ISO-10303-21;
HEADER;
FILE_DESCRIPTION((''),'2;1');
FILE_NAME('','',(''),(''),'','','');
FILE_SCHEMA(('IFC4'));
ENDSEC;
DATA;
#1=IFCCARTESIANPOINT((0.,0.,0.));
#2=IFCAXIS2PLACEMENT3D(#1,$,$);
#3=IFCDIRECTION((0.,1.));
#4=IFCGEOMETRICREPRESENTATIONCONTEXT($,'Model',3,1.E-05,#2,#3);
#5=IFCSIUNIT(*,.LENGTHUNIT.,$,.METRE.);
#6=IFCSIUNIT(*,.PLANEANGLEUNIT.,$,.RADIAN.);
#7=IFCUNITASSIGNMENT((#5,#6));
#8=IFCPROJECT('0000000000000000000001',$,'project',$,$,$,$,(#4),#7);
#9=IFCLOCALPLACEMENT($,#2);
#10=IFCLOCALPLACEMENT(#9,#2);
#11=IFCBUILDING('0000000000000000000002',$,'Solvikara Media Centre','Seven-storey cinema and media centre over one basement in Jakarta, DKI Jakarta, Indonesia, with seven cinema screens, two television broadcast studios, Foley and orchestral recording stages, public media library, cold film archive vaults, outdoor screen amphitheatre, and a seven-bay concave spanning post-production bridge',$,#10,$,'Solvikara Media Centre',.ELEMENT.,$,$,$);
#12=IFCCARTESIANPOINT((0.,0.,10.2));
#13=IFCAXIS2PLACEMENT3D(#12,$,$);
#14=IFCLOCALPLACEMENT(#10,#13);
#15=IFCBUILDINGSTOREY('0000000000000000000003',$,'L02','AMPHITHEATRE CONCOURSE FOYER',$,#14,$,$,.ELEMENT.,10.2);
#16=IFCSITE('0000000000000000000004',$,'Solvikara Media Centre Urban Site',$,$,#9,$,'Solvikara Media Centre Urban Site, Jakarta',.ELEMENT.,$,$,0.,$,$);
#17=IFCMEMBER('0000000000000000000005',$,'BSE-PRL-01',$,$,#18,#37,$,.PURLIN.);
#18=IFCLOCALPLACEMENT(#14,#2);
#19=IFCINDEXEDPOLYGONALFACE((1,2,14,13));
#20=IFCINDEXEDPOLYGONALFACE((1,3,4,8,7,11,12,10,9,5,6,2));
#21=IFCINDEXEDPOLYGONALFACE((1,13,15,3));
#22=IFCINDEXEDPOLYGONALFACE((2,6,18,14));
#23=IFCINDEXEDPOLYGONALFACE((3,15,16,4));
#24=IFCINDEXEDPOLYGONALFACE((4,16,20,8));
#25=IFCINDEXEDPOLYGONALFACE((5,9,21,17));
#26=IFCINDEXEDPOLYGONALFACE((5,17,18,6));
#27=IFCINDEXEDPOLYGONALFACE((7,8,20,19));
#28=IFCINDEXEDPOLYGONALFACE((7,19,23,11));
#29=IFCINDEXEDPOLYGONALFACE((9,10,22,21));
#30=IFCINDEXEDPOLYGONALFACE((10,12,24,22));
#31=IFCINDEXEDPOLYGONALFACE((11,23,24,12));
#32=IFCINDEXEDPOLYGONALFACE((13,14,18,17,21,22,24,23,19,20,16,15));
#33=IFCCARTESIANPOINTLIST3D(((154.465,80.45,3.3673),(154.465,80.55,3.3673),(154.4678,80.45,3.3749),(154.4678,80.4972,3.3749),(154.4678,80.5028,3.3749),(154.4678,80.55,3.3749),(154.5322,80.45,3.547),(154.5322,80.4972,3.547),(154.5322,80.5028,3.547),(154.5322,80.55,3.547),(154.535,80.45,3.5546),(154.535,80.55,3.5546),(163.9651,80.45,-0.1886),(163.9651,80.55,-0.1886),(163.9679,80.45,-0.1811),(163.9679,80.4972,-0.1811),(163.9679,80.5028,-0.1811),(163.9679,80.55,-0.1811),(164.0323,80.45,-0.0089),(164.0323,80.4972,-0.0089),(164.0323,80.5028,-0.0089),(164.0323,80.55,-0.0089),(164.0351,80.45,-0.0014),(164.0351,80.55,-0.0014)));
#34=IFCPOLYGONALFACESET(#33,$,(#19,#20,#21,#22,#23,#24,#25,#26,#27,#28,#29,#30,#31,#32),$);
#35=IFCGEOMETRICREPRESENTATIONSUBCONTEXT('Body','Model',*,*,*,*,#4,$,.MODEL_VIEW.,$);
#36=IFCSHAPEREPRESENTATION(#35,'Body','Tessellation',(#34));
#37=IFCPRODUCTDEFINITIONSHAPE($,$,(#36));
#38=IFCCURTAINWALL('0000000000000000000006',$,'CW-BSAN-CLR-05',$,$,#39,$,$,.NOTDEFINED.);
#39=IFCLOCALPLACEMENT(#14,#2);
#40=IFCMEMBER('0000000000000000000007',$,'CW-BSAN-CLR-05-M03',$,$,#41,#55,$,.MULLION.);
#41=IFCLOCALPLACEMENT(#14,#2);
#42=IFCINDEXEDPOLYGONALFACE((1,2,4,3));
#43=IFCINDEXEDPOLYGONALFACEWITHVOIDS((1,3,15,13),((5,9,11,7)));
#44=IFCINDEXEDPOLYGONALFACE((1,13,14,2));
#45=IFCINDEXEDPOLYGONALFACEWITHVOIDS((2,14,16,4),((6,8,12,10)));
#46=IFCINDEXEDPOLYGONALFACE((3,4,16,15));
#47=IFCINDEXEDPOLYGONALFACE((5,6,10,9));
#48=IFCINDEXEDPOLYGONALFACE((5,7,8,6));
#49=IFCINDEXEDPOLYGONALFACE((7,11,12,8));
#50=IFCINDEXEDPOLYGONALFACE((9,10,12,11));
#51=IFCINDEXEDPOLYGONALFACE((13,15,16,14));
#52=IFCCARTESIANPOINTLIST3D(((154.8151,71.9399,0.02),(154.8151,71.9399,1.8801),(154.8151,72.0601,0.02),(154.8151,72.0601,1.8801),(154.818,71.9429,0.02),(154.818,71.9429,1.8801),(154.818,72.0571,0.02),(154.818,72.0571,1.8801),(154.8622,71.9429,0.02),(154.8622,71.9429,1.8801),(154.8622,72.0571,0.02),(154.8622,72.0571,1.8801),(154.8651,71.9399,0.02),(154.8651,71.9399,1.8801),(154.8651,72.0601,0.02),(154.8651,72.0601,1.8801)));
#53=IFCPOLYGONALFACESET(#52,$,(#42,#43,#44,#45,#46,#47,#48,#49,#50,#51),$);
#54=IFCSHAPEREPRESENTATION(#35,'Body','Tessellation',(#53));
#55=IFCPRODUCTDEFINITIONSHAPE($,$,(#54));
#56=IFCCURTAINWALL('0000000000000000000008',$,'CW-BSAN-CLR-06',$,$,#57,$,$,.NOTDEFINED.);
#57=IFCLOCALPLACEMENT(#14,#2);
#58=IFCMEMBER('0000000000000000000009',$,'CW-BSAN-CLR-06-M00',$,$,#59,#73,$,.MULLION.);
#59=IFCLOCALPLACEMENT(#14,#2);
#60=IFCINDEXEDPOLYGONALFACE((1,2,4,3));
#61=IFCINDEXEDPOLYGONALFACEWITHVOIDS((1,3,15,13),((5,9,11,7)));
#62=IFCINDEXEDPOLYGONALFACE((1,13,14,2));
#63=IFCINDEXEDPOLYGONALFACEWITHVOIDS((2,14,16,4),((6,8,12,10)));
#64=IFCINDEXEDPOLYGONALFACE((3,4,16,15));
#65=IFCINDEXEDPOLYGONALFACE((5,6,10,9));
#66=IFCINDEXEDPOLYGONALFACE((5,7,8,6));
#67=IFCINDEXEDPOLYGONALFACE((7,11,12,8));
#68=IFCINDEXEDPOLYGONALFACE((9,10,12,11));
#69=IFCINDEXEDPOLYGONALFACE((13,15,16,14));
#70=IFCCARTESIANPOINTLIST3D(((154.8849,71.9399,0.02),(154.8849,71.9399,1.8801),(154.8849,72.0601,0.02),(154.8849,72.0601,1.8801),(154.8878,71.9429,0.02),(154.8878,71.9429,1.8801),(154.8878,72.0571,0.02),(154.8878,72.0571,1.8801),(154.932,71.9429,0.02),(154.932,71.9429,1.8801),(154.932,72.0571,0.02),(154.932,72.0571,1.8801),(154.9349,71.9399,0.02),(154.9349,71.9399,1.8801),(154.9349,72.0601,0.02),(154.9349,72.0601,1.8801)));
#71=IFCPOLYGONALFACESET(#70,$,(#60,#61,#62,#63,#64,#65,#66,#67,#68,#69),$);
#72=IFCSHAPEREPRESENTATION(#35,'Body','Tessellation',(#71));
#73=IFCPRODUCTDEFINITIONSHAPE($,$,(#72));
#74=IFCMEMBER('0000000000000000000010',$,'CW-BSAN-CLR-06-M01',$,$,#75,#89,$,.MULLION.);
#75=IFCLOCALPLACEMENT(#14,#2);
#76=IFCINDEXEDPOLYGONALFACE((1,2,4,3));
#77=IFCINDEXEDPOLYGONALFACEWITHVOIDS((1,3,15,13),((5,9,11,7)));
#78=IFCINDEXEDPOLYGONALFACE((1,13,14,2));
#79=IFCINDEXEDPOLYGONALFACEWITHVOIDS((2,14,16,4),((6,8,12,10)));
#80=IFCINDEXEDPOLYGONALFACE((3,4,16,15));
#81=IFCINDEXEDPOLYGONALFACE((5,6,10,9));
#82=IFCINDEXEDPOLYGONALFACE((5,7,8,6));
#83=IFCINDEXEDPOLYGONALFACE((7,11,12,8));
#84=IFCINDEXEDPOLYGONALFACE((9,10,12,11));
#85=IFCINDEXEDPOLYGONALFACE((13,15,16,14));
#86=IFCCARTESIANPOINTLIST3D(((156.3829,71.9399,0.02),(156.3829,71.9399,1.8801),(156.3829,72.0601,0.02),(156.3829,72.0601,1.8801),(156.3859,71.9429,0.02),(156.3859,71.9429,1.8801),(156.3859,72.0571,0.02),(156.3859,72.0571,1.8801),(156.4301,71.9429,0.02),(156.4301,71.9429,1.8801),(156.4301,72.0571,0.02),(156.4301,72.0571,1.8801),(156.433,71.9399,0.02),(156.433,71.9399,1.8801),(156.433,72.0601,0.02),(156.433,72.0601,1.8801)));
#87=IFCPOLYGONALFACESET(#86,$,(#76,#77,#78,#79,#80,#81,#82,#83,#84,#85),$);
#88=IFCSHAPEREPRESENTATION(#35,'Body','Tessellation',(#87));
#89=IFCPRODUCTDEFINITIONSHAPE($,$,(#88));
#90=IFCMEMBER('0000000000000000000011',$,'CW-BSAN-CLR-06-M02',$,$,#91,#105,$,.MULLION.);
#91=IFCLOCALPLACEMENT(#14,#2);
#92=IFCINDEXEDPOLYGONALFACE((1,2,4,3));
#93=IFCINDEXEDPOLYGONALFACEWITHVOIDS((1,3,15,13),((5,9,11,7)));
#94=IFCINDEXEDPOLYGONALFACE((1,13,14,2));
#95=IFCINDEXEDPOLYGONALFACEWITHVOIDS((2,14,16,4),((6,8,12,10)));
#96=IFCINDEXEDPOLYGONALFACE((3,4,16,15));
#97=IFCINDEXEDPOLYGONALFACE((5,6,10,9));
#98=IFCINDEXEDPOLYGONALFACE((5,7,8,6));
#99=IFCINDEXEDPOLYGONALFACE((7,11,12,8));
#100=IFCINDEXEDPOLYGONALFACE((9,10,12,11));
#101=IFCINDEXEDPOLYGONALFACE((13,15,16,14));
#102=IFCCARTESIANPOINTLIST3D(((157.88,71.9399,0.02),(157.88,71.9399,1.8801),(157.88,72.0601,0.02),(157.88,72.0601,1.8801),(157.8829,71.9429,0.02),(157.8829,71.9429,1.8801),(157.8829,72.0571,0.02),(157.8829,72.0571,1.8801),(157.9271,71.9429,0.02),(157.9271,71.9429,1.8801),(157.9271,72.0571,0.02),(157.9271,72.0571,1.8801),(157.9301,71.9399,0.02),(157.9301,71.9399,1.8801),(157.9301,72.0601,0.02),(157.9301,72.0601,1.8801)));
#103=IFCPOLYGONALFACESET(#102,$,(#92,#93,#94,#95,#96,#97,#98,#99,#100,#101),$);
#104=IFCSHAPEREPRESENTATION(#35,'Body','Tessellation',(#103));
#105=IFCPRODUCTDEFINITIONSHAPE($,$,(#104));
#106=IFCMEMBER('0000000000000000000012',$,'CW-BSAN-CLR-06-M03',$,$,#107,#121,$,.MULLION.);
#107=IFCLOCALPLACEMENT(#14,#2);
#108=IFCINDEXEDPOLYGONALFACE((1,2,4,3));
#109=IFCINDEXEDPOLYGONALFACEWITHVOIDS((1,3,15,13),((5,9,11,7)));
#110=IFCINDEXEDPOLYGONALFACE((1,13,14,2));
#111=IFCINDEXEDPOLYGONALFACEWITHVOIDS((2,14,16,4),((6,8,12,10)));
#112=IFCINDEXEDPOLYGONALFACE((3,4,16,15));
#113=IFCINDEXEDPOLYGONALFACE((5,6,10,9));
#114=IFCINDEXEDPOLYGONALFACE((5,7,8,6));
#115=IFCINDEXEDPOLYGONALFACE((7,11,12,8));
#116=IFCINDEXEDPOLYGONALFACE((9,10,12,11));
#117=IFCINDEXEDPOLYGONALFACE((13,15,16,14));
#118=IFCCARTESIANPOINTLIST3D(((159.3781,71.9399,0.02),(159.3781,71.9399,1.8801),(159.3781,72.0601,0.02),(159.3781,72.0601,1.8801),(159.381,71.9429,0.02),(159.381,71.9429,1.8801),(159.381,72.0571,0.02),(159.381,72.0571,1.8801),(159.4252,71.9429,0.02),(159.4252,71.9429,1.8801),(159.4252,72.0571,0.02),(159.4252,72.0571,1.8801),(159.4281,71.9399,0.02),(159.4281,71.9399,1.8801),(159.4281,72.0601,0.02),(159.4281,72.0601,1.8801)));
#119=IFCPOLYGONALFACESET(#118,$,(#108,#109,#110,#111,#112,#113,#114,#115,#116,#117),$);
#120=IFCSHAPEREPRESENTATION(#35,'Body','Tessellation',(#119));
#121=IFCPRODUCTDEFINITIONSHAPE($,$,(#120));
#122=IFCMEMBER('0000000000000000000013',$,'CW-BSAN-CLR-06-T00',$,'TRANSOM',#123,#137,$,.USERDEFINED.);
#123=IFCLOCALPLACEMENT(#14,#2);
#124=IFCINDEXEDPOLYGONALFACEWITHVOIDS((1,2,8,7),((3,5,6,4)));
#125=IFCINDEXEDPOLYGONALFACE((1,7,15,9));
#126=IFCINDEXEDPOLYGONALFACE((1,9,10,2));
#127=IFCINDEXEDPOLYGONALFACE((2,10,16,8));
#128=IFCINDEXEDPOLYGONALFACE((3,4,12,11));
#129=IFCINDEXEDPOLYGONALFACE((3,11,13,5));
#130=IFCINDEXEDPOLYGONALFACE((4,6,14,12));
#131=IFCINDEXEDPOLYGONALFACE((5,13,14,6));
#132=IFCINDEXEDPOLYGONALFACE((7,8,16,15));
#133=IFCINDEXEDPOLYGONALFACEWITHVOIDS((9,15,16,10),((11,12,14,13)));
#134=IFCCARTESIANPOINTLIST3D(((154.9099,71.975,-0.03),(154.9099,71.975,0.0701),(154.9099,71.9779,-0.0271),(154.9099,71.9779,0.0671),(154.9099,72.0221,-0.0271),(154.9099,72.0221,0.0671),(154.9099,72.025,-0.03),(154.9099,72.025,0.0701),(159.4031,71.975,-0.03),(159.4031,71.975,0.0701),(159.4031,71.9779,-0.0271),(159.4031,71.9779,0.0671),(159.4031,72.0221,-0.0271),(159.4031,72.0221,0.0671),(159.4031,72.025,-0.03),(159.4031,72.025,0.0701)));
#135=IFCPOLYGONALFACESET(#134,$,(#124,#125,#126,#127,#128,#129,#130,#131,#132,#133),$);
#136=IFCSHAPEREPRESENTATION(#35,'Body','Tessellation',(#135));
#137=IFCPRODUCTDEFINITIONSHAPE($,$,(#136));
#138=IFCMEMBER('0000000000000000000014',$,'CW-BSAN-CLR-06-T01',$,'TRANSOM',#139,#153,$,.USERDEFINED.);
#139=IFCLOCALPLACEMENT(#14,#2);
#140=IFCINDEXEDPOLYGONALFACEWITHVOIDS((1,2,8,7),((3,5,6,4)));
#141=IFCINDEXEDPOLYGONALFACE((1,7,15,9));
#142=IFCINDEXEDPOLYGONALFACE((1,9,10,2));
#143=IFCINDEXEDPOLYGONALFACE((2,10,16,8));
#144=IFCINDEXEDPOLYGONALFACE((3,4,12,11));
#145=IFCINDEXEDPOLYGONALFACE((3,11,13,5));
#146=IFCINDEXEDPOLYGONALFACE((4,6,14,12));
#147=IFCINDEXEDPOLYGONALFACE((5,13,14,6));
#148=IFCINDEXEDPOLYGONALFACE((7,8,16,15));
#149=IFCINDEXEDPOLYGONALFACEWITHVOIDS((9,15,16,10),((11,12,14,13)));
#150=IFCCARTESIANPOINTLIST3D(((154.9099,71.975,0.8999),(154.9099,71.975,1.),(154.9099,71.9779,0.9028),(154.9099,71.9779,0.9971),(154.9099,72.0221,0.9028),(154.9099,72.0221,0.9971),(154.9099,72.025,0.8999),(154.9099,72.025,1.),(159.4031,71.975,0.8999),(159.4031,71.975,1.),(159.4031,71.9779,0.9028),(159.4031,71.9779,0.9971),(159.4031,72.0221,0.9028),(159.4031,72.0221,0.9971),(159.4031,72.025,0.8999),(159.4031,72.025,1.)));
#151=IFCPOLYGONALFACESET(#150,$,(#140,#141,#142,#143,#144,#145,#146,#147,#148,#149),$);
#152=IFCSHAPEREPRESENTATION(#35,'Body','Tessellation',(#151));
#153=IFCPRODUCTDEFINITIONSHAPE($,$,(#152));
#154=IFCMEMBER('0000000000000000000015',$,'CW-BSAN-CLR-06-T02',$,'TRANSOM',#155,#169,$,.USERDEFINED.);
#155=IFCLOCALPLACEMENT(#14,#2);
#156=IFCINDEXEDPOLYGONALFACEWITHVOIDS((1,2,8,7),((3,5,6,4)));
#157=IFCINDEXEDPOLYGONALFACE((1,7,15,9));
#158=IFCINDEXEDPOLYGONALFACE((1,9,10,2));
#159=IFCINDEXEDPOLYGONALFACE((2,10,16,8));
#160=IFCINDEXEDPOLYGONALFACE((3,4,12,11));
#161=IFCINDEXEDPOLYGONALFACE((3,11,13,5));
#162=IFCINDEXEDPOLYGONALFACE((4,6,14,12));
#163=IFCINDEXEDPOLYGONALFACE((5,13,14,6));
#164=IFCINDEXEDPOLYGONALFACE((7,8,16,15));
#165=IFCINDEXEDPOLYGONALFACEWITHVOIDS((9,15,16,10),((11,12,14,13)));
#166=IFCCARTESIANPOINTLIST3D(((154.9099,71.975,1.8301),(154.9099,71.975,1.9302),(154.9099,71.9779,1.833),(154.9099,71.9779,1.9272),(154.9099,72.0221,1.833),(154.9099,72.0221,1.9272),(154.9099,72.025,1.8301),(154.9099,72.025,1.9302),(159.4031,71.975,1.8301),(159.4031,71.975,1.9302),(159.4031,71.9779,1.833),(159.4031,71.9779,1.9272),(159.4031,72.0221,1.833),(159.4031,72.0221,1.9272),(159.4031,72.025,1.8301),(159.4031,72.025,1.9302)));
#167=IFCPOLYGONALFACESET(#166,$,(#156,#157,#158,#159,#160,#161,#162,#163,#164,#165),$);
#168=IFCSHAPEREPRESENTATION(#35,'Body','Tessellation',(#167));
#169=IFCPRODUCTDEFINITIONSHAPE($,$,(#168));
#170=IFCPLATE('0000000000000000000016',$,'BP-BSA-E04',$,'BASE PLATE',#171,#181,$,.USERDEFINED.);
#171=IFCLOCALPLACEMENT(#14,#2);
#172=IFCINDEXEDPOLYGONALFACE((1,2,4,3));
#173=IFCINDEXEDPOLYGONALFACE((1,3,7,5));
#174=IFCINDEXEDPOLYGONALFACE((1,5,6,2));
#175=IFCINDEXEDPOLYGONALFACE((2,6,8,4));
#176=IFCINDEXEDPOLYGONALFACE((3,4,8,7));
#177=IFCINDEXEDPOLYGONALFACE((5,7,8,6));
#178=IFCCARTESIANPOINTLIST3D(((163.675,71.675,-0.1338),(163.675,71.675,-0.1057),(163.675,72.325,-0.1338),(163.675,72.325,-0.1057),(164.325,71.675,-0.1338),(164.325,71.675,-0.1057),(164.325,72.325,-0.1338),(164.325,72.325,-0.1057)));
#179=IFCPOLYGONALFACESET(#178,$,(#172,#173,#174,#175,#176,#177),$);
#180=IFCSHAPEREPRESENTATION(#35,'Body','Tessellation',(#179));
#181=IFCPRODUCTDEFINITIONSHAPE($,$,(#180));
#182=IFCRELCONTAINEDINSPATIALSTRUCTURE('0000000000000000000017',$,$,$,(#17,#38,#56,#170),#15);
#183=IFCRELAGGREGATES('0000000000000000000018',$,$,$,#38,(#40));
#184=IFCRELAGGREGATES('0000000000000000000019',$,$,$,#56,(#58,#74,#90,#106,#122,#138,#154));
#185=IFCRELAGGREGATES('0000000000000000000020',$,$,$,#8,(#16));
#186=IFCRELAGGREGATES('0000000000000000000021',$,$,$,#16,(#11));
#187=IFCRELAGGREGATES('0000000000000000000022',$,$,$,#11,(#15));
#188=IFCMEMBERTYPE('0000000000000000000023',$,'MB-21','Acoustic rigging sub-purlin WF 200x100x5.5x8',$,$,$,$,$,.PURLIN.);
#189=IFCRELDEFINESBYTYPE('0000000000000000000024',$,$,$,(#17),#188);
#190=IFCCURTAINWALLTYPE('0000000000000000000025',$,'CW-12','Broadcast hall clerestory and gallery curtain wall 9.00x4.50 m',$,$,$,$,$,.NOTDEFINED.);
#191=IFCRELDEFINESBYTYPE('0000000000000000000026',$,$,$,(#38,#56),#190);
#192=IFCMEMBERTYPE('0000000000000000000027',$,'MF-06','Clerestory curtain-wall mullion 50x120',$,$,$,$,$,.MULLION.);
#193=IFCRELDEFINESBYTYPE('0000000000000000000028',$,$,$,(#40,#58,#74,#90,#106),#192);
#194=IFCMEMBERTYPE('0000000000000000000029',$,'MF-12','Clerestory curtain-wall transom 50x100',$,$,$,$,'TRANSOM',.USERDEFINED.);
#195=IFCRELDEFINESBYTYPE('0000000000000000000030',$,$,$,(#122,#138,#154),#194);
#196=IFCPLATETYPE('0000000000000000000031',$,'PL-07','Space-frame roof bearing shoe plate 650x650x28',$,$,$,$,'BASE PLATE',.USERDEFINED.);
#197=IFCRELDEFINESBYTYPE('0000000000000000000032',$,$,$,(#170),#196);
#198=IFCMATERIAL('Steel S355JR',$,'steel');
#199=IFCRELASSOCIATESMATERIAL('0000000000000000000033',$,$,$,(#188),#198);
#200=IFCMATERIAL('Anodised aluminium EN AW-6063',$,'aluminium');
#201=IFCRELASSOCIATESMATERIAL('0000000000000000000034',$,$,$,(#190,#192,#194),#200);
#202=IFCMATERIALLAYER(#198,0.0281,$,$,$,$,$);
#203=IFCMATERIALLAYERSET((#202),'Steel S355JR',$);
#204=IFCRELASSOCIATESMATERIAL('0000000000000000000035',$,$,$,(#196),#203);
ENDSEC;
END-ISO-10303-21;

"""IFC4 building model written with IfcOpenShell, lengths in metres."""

from ifc_helpers import new_model, si_unit, direction, frame, origin, origin_2d, place, context, subcontext, project, spatial, rectangle, hollow_rectangle, i_section, extrude, material, layer, layer_set, material_profile, profile_set, type_object, element, aggregate, save


model = new_model("IFC4")

# Units and contexts
model_context = context("Model", 3, precision=1e-05, world=origin(), true_north=direction((0.0, 1.0)))
body_context = subcontext(model_context, "Body", "Model", "MODEL_VIEW")
ifc_project = project(units=[si_unit("LENGTHUNIT", "METRE"), si_unit("PLANEANGLEUNIT", "RADIAN")], contexts=[model_context])

# Site, building, storey
site_placement = place(None, origin())
site = spatial("IfcSite", under=ifc_project, at=site_placement, Name="Solvikara Media Centre Urban Site", LongName="Solvikara Media Centre Urban Site, Jakarta", CompositionType="ELEMENT", RefElevation=0.0)
building_placement = place(site_placement, origin())
building = spatial("IfcBuilding", under=site, at=building_placement, Name="Solvikara Media Centre", Description="Seven-storey cinema and media centre over one basement in Jakarta, DKI Jakarta, Indonesia, with seven cinema screens, two television broadcast studios, Foley and orchestral recording stages, public media library, cold film archive vaults, outdoor screen amphitheatre, and a seven-bay concave spanning post-production bridge", LongName="Solvikara Media Centre", CompositionType="ELEMENT")
storey_placement = place(building_placement, frame((0.0, 0.0, 10.2)))
storey = spatial("IfcBuildingStorey", under=building, at=storey_placement, Name="L02", Description="AMPHITHEATRE CONCOURSE FOYER", CompositionType="ELEMENT", Elevation=10.2)

# Shared definitions
ifc_material_1 = material(Name="Steel S355JR", Category="steel")

# Member
ifc_material_profile_1 = material_profile(ifc_material_1, i_section(OverallWidth=0.1001, OverallDepth=0.2, WebThickness=0.0056, FlangeThickness=0.0081, at=origin_2d()), Name="WF 200x100x5.5x8")
ifc_profile_set_1 = profile_set([ifc_material_profile_1], Name="Steel S355JR")
member_type_1 = type_object("IfcMemberType", Name="MB-21", Description="Acoustic rigging sub-purlin WF 200x100x5.5x8", PredefinedType="PURLIN", material=ifc_profile_set_1)
member_1_placement = place(storey_placement, frame((154.5, 80.5, 3.4609), z_axis=(0.936543, 0.0, -0.350554), x_axis=(0.0, 1.0, 0.0)))
element("IfcMember", 1, at=member_1_placement, inside=storey, type_object=member_type_1, Name="BSE-PRL-01", PredefinedType="PURLIN", context=body_context, shape_type="SweptSolid", body=[
    extrude(i_section(OverallWidth=0.1001, OverallDepth=0.2, WebThickness=0.0056, FlangeThickness=0.0081, at=origin_2d()), origin(), (0.0, 0.0, 1.0), 10.1438),
])

# Curtain wall, member
ifc_material_2 = material(Name="Anodised aluminium EN AW-6063", Category="aluminium")
curtain_wall_type = type_object("IfcCurtainWallType", Name="CW-12", Description="Broadcast hall clerestory and gallery curtain wall 9.00x4.50 m", PredefinedType="NOTDEFINED", material=ifc_material_2)
curtain_wall_1_placement = place(storey_placement, origin())
curtain_wall_1 = element("IfcCurtainWall", 2, at=curtain_wall_1_placement, inside=storey, type_object=curtain_wall_type, Name="CW-BSAN-CLR-05", PredefinedType="NOTDEFINED")
ifc_material_profile_2 = material_profile(ifc_material_2, hollow_rectangle(XDim=0.05, YDim=0.1201, WallThickness=0.0029, at=origin_2d()), Name="ALU-M 50x120x3")
ifc_profile_set_2 = profile_set([ifc_material_profile_2], Name="Anodised aluminium EN AW-6063")
member_type_2 = type_object("IfcMemberType", Name="MF-06", Description="Clerestory curtain-wall mullion 50x120", PredefinedType="MULLION", material=ifc_profile_set_2)
member_2_placement = place(storey_placement, frame((154.8401, 72.0, 0.02), z_axis=(0.0, 0.0, 1.0), x_axis=(1.0, 0.0, 0.0)))
member_2 = element("IfcMember", 3, at=member_2_placement, type_object=member_type_2, Name="CW-BSAN-CLR-05-M03", PredefinedType="MULLION", context=body_context, shape_type="SweptSolid", body=[
    extrude(hollow_rectangle(XDim=0.05, YDim=0.1201, WallThickness=0.0029, at=origin_2d()), origin(), (0.0, 0.0, 1.0), 1.8601),
])
aggregate(curtain_wall_1, [member_2])

# Curtain wall, members
curtain_wall_2_placement = place(storey_placement, origin())
curtain_wall_2 = element("IfcCurtainWall", 4, at=curtain_wall_2_placement, inside=storey, type_object=curtain_wall_type, Name="CW-BSAN-CLR-06", PredefinedType="NOTDEFINED")
member_3_placement = place(storey_placement, frame((154.9099, 72.0, 0.02), z_axis=(0.0, 0.0, 1.0), x_axis=(1.0, 0.0, 0.0)))
member_3 = element("IfcMember", 5, at=member_3_placement, type_object=member_type_2, Name="CW-BSAN-CLR-06-M00", PredefinedType="MULLION", context=body_context, shape_type="SweptSolid", body=[
    extrude(hollow_rectangle(XDim=0.05, YDim=0.1201, WallThickness=0.0029, at=origin_2d()), origin(), (0.0, 0.0, 1.0), 1.8601),
])
member_4_placement = place(storey_placement, frame((156.408, 72.0, 0.02), z_axis=(0.0, 0.0, 1.0), x_axis=(1.0, 0.0, 0.0)))
member_4 = element("IfcMember", 6, at=member_4_placement, type_object=member_type_2, Name="CW-BSAN-CLR-06-M01", PredefinedType="MULLION", context=body_context, shape_type="SweptSolid", body=[
    extrude(hollow_rectangle(XDim=0.05, YDim=0.1201, WallThickness=0.0029, at=origin_2d()), origin(), (0.0, 0.0, 1.0), 1.8601),
])
member_5_placement = place(storey_placement, frame((157.905, 72.0, 0.02), z_axis=(0.0, 0.0, 1.0), x_axis=(1.0, 0.0, 0.0)))
member_5 = element("IfcMember", 7, at=member_5_placement, type_object=member_type_2, Name="CW-BSAN-CLR-06-M02", PredefinedType="MULLION", context=body_context, shape_type="SweptSolid", body=[
    extrude(hollow_rectangle(XDim=0.05, YDim=0.1201, WallThickness=0.0029, at=origin_2d()), origin(), (0.0, 0.0, 1.0), 1.8601),
])
member_6_placement = place(storey_placement, frame((159.4031, 72.0, 0.02), z_axis=(0.0, 0.0, 1.0), x_axis=(1.0, 0.0, 0.0)))
member_6 = element("IfcMember", 8, at=member_6_placement, type_object=member_type_2, Name="CW-BSAN-CLR-06-M03", PredefinedType="MULLION", context=body_context, shape_type="SweptSolid", body=[
    extrude(hollow_rectangle(XDim=0.05, YDim=0.1201, WallThickness=0.0029, at=origin_2d()), origin(), (0.0, 0.0, 1.0), 1.8601),
])
ifc_material_profile_3 = material_profile(ifc_material_2, hollow_rectangle(XDim=0.05, YDim=0.1001, WallThickness=0.0029, at=origin_2d()), Name="ALU-T 50x100x3")
ifc_profile_set_3 = profile_set([ifc_material_profile_3], Name="Anodised aluminium EN AW-6063")
member_type_3 = type_object("IfcMemberType", Name="MF-12", Description="Clerestory curtain-wall transom 50x100", ElementType="TRANSOM", PredefinedType="USERDEFINED", material=ifc_profile_set_3)
member_7_placement = place(storey_placement, frame((154.9099, 72.0, 0.02), z_axis=(1.0, 0.0, 0.0), x_axis=(0.0, 1.0, 0.0)))
member_7 = element("IfcMember", 9, at=member_7_placement, type_object=member_type_3, Name="CW-BSAN-CLR-06-T00", ObjectType="TRANSOM", PredefinedType="USERDEFINED", context=body_context, shape_type="SweptSolid", body=[
    extrude(hollow_rectangle(XDim=0.05, YDim=0.1001, WallThickness=0.0029, at=origin_2d()), origin(), (0.0, 0.0, 1.0), 4.4932),
])
member_8_placement = place(storey_placement, frame((154.9099, 72.0, 0.95), z_axis=(1.0, 0.0, 0.0), x_axis=(0.0, 1.0, 0.0)))
member_8 = element("IfcMember", 10, at=member_8_placement, type_object=member_type_3, Name="CW-BSAN-CLR-06-T01", ObjectType="TRANSOM", PredefinedType="USERDEFINED", context=body_context, shape_type="SweptSolid", body=[
    extrude(hollow_rectangle(XDim=0.05, YDim=0.1001, WallThickness=0.0029, at=origin_2d()), origin(), (0.0, 0.0, 1.0), 4.4932),
])
member_9_placement = place(storey_placement, frame((154.9099, 72.0, 1.8801), z_axis=(1.0, 0.0, 0.0), x_axis=(0.0, 1.0, 0.0)))
member_9 = element("IfcMember", 11, at=member_9_placement, type_object=member_type_3, Name="CW-BSAN-CLR-06-T02", ObjectType="TRANSOM", PredefinedType="USERDEFINED", context=body_context, shape_type="SweptSolid", body=[
    extrude(hollow_rectangle(XDim=0.05, YDim=0.1001, WallThickness=0.0029, at=origin_2d()), origin(), (0.0, 0.0, 1.0), 4.4932),
])

# Plate
ifc_layer_1 = layer(ifc_material_1, 0.0281)
ifc_layer_set_1 = layer_set([ifc_layer_1], Name="Steel S355JR")
plate_type_1 = type_object("IfcPlateType", Name="PL-07", Description="Space-frame roof bearing shoe plate 650x650x28", ElementType="BASE PLATE", PredefinedType="USERDEFINED", material=ifc_layer_set_1)
plate_1_placement = place(storey_placement, frame((164.0, 72.0, -0.1338), z_axis=(0.0, 0.0, 1.0), x_axis=(1.0, 0.0, 0.0)))
element("IfcPlate", 12, at=plate_1_placement, inside=storey, type_object=plate_type_1, Name="BP-BSA-E04", ObjectType="BASE PLATE", PredefinedType="USERDEFINED", context=body_context, shape_type="SweptSolid", body=[
    extrude(rectangle(XDim=0.6499, YDim=0.6499, at=origin_2d()), origin(), (0.0, 0.0, 1.0), 0.0281),
])

aggregate(curtain_wall_2, [member_3, member_4, member_5, member_6, member_7, member_8, member_9])

save(model, "model.ifc")
